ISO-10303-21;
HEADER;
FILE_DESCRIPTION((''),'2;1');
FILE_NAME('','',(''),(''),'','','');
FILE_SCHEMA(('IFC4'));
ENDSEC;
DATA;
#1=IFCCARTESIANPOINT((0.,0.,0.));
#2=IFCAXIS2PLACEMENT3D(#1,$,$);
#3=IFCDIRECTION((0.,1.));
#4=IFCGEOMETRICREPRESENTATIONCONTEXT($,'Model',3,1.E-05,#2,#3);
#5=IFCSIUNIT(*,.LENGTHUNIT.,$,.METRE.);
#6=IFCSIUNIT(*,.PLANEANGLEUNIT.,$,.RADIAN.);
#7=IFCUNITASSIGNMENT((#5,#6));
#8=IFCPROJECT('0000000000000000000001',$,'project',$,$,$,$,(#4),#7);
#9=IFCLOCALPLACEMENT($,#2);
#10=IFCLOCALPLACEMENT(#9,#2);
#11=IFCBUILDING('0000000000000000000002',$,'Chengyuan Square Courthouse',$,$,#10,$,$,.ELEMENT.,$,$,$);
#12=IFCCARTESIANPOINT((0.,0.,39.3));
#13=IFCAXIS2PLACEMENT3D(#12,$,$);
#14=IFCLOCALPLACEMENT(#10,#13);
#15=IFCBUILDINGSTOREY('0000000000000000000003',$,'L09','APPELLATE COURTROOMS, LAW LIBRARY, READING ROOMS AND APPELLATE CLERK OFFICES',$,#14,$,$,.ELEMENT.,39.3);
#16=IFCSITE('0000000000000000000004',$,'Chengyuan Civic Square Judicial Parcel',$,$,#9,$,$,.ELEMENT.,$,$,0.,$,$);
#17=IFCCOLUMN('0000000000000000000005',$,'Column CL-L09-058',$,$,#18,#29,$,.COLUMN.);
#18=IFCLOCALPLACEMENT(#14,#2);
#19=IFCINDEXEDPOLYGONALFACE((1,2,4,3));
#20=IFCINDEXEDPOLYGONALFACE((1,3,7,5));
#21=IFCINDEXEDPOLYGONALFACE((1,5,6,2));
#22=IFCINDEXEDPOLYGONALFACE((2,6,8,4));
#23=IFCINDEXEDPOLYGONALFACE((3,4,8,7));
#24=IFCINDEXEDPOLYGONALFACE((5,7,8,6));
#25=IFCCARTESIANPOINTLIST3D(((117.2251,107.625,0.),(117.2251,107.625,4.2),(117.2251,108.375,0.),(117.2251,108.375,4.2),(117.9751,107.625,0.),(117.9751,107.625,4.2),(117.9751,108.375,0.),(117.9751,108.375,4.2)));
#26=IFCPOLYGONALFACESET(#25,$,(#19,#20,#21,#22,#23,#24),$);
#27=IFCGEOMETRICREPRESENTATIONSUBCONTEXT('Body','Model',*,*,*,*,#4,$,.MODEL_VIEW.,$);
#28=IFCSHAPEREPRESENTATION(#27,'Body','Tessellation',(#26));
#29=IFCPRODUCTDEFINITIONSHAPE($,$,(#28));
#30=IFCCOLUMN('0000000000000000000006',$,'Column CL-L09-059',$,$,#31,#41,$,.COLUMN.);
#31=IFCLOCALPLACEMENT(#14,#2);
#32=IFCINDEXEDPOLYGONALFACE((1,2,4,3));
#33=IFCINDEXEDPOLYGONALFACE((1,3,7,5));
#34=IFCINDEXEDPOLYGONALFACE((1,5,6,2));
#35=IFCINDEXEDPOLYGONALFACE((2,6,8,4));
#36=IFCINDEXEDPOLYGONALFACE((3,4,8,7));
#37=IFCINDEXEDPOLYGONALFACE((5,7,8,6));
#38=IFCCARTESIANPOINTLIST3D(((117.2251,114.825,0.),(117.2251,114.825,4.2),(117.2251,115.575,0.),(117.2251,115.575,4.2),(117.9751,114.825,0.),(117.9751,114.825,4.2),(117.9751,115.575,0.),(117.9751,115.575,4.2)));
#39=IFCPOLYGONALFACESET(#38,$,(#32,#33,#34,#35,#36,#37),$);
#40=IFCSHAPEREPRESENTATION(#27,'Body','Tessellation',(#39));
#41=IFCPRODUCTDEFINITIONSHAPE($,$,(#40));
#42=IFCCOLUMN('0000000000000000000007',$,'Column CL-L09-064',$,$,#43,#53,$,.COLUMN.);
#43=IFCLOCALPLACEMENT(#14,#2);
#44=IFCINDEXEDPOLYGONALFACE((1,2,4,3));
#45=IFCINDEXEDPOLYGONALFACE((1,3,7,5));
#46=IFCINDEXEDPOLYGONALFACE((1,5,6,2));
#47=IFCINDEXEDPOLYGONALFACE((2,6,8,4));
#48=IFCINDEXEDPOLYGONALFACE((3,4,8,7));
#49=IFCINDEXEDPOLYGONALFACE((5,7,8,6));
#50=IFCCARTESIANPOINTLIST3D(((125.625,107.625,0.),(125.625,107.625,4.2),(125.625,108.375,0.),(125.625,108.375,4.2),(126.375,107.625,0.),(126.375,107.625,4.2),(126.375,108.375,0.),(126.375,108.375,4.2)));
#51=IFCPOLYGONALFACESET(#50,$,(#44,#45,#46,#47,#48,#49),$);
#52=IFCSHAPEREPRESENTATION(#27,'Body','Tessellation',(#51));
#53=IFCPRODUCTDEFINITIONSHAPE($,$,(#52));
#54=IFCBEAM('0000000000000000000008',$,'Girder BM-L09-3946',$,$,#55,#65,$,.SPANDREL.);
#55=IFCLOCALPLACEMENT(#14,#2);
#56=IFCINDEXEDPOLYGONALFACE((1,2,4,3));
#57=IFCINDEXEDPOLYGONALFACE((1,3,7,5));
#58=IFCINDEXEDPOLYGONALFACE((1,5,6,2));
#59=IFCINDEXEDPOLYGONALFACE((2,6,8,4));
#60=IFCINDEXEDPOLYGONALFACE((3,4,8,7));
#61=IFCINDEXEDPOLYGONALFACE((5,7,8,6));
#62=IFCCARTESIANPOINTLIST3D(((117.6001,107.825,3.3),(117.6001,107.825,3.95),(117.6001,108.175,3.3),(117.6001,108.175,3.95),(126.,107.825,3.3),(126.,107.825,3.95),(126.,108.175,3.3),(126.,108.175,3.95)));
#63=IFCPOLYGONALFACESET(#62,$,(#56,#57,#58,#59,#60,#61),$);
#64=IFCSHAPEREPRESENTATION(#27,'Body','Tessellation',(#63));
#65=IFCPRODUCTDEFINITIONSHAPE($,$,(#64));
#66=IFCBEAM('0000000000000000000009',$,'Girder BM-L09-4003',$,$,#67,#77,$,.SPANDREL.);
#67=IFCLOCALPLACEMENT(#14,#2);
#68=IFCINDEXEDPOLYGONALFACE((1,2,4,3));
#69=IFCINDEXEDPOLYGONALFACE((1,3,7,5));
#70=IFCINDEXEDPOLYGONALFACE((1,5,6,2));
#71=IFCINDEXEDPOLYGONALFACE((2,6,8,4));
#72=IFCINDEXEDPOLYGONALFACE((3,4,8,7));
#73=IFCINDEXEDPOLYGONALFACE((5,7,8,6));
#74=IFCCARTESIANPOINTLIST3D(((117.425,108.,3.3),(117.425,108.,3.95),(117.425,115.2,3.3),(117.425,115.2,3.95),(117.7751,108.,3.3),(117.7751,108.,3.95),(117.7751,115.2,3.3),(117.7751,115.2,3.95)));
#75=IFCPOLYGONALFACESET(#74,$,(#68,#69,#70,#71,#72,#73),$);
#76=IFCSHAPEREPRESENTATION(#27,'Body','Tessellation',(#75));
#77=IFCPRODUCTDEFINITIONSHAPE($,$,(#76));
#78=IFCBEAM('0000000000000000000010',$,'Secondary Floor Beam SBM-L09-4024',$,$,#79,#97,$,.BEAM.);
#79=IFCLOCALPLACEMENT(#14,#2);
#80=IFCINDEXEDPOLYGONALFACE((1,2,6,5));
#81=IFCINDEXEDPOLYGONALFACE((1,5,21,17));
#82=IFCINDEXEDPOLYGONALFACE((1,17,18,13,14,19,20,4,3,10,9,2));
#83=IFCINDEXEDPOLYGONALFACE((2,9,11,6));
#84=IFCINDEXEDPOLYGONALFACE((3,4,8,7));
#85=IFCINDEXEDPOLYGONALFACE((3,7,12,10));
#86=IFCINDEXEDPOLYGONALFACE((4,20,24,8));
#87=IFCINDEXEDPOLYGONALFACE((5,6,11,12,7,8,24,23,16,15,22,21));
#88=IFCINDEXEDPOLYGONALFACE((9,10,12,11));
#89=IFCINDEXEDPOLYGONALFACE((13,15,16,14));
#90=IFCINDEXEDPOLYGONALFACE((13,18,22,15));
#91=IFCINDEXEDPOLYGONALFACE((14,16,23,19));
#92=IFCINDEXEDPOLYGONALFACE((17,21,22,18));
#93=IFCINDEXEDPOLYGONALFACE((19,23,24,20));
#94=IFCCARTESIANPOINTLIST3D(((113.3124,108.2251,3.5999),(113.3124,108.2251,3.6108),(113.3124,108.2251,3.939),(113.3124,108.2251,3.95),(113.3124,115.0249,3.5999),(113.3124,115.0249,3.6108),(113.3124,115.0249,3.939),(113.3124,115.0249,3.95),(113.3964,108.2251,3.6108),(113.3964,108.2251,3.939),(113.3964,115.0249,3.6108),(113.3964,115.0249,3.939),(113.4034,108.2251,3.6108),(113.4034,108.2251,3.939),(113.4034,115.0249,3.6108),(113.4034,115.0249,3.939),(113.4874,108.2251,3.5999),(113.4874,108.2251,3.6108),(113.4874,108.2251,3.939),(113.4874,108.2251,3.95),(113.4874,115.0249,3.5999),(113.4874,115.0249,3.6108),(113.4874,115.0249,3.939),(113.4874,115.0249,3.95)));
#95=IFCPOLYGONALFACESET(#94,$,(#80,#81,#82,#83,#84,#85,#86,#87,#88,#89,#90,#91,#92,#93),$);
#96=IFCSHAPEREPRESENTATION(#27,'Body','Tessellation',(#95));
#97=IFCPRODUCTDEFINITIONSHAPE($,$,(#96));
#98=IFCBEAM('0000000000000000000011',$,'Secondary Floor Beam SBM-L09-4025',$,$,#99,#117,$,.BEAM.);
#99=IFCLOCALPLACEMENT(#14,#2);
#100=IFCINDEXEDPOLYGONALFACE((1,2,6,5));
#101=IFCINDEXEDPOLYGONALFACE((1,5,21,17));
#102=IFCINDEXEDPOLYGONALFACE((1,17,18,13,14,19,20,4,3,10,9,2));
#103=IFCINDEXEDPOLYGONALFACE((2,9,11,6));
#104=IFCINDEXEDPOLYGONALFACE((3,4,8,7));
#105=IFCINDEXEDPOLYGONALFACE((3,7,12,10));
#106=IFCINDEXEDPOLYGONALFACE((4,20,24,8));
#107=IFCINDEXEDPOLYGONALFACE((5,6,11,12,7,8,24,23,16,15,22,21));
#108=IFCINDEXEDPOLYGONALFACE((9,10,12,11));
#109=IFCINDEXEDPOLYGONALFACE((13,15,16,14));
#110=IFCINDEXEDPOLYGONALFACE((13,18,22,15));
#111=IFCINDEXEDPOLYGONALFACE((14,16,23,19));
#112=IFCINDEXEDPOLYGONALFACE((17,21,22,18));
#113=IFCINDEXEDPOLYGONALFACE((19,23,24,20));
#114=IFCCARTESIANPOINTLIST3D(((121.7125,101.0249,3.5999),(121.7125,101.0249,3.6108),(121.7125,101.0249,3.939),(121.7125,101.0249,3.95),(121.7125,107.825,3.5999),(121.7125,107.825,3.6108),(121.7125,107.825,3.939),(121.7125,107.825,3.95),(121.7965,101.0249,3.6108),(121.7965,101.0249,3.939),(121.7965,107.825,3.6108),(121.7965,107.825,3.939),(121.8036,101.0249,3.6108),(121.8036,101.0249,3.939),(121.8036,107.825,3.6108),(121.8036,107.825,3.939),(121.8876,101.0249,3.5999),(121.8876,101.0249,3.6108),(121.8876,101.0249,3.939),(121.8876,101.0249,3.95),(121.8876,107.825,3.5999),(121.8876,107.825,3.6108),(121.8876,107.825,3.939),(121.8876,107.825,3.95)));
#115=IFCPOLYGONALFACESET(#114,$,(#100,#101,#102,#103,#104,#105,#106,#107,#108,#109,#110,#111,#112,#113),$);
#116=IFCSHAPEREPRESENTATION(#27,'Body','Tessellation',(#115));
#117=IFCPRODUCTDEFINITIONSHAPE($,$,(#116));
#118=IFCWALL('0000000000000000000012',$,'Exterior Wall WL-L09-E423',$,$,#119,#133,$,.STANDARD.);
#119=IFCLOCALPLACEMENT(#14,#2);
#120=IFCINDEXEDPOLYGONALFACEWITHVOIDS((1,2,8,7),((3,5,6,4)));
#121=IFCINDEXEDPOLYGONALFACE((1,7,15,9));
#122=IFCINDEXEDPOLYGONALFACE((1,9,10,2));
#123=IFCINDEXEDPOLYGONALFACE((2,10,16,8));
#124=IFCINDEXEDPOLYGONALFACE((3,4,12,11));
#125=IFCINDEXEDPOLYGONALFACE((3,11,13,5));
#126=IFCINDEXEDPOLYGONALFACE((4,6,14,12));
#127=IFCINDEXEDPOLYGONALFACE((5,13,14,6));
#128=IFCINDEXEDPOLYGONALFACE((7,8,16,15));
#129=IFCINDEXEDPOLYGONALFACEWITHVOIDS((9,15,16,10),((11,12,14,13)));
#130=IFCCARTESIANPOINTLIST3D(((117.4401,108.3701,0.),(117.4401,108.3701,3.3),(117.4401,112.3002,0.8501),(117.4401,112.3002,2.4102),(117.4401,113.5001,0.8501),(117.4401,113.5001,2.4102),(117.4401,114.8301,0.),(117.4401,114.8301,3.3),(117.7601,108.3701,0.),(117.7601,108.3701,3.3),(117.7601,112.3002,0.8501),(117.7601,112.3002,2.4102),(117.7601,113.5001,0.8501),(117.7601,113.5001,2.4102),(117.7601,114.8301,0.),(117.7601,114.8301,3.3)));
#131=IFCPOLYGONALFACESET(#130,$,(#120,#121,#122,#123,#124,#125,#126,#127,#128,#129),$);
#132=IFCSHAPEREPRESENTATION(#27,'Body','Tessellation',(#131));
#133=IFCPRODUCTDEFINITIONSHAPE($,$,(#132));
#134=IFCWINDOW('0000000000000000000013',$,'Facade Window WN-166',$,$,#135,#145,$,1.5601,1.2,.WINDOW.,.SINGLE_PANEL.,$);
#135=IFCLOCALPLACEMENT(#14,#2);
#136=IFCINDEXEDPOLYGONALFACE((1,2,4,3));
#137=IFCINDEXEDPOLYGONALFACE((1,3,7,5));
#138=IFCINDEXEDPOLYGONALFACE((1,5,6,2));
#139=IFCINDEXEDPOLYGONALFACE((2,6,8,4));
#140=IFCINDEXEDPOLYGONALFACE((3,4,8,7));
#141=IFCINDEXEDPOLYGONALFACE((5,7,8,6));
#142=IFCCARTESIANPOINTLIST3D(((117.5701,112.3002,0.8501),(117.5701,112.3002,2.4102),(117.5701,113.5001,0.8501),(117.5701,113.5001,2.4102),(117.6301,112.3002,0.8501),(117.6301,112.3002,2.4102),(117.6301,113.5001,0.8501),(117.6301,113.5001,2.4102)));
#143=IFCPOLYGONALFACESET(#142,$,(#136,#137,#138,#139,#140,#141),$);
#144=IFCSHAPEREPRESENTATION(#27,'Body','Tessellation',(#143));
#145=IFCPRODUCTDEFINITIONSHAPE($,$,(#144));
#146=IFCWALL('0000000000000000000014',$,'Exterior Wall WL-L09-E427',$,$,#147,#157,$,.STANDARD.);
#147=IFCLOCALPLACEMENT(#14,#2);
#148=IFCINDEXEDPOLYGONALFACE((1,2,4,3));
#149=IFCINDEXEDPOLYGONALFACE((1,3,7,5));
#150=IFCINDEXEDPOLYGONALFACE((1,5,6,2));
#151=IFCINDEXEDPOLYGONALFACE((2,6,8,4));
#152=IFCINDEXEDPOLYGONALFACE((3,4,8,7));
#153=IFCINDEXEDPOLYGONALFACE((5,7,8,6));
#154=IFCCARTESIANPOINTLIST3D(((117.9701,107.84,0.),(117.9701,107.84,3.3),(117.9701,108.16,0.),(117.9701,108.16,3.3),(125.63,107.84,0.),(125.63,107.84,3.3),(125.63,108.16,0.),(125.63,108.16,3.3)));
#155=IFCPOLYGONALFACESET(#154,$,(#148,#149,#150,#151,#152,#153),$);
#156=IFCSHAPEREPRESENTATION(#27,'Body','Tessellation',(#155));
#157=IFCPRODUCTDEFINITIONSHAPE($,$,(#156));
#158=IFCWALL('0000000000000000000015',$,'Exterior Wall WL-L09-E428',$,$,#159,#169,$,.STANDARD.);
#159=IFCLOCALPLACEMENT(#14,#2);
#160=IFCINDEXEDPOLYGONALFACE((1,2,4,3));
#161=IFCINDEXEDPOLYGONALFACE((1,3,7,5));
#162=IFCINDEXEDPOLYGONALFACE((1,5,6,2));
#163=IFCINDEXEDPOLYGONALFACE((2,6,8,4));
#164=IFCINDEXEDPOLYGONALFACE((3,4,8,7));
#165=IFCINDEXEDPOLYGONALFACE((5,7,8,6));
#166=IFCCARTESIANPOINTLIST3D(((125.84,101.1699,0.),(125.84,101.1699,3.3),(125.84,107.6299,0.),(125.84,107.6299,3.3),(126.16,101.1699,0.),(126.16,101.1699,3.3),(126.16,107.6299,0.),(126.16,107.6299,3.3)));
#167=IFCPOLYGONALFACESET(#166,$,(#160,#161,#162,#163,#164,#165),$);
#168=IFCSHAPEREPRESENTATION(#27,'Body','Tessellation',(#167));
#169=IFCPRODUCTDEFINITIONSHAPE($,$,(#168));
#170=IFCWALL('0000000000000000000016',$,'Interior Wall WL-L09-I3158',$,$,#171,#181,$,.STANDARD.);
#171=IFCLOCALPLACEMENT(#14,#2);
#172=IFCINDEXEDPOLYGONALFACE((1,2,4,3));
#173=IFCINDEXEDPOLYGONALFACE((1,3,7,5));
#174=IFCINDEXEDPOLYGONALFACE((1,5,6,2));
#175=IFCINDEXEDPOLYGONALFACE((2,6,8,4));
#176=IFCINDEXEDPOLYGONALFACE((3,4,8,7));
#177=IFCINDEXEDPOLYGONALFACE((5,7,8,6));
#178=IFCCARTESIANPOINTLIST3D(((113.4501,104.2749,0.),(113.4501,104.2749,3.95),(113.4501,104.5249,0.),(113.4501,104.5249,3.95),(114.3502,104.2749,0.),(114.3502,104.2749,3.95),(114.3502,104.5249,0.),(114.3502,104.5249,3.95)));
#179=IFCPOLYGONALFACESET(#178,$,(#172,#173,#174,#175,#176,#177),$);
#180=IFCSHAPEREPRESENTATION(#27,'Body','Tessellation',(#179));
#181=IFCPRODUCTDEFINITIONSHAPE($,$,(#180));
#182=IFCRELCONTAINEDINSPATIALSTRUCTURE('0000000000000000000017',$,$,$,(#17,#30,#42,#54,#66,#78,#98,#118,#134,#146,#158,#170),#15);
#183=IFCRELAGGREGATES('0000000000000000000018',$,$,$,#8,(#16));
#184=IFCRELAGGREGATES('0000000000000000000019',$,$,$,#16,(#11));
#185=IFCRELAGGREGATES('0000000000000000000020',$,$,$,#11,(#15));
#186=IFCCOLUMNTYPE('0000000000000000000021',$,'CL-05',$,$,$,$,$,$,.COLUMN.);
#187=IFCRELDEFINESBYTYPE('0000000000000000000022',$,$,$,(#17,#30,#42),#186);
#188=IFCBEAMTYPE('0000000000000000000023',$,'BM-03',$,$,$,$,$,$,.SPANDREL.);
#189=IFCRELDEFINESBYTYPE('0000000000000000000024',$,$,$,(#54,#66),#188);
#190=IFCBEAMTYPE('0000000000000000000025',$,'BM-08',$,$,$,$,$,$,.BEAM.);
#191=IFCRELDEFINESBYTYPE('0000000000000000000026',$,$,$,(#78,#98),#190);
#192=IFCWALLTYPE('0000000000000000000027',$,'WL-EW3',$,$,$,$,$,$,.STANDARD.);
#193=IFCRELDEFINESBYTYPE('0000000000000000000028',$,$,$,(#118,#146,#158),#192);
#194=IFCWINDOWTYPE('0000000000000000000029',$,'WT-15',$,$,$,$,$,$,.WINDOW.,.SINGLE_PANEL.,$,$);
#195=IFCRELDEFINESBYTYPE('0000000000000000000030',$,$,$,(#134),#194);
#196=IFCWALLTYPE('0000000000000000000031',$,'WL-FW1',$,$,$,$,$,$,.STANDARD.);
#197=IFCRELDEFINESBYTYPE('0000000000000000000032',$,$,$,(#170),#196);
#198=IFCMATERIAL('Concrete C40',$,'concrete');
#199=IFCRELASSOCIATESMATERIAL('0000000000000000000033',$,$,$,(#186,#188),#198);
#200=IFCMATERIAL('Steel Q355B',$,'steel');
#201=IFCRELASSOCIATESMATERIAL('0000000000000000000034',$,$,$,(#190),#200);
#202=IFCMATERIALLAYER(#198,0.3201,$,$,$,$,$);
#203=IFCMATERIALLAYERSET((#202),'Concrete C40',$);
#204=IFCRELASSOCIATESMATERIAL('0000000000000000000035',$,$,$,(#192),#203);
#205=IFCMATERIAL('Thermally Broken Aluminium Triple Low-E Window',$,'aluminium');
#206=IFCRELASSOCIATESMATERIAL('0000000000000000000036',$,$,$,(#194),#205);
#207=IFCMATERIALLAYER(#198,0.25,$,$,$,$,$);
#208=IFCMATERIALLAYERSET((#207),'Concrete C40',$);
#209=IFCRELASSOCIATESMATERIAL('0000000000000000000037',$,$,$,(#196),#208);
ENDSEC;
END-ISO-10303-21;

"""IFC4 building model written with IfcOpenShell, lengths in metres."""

from ifc_helpers import new_model, si_unit, direction, frame, frame_2d, origin, origin_2d, place, context, subcontext, project, spatial, rectangle, i_section, extrude, material, layer, layer_set, material_profile, profile_set, type_object, element, fill, save


model = new_model("IFC4")

# Units and contexts
model_context = context("Model", 3, precision=1e-05, world=origin(), true_north=direction((0.0, 1.0)))
body_context = subcontext(model_context, "Body", "Model", "MODEL_VIEW")
ifc_project = project(units=[si_unit("LENGTHUNIT", "METRE"), si_unit("PLANEANGLEUNIT", "RADIAN")], contexts=[model_context])

# Site, building, storey
site_placement = place(None, origin())
site = spatial("IfcSite", under=ifc_project, at=site_placement, Name="Chengyuan Civic Square Judicial Parcel", CompositionType="ELEMENT", RefElevation=0.0)
building_placement = place(site_placement, origin())
building = spatial("IfcBuilding", under=site, at=building_placement, Name="Chengyuan Square Courthouse", CompositionType="ELEMENT")
storey_placement = place(building_placement, frame((0.0, 0.0, 39.3)))
storey = spatial("IfcBuildingStorey", under=building, at=storey_placement, Name="L09", Description="APPELLATE COURTROOMS, LAW LIBRARY, READING ROOMS AND APPELLATE CLERK OFFICES", CompositionType="ELEMENT", Elevation=39.3)

# Columns
ifc_material_1 = material(Name="Concrete C40", Category="concrete")
ifc_material_profile_1 = material_profile(ifc_material_1, rectangle(XDim=0.75, YDim=0.75, at=origin_2d()), Name="RC-COL-750x750")
ifc_profile_set_1 = profile_set([ifc_material_profile_1], Name="Concrete C40")
column_type = type_object("IfcColumnType", Name="CL-05", PredefinedType="COLUMN", material=ifc_profile_set_1)
for number, where, z_axis, x_axis, name in (
    (1, (117.6001, 108.0, 0.0), (0.0, 0.0, 1.0), (1.0, 0.0, 0.0), "Column CL-L09-058"),
    (2, (117.6001, 115.2, 0.0), (0.0, 0.0, 1.0), (1.0, 0.0, 0.0), "Column CL-L09-059"),
    (3, (126.0, 108.0, 0.0), (0.0, 0.0, 1.0), (1.0, 0.0, 0.0), "Column CL-L09-064"),
):
    element("IfcColumn", number, at=place(storey_placement, frame(where, z_axis=z_axis, x_axis=x_axis)), inside=storey, type_object=column_type, Name=name, PredefinedType="COLUMN", context=body_context, shape_type="SweptSolid", body=[
        extrude(rectangle(XDim=0.75, YDim=0.75, at=origin_2d()), origin(), (0.0, 0.0, 1.0), 4.2),
    ])

# Beams
ifc_material_profile_2 = material_profile(ifc_material_1, rectangle(XDim=0.3501, YDim=0.6499, at=origin_2d()), Name="RC-BM-350x650")
ifc_profile_set_2 = profile_set([ifc_material_profile_2], Name="Concrete C40")
beam_type_1 = type_object("IfcBeamType", Name="BM-03", PredefinedType="SPANDREL", material=ifc_profile_set_2)
beam_1_placement = place(storey_placement, frame((117.6001, 108.0, 3.625), z_axis=(1.0, 0.0, 0.0), x_axis=(0.0, 1.0, 0.0)))
element("IfcBeam", 4, at=beam_1_placement, inside=storey, type_object=beam_type_1, Name="Girder BM-L09-3946", PredefinedType="SPANDREL", context=body_context, shape_type="SweptSolid", body=[
    extrude(rectangle(XDim=0.3501, YDim=0.6499, at=origin_2d()), origin(), (0.0, 0.0, 1.0), 8.3999),
])
beam_2_placement = place(storey_placement, frame((117.6001, 108.0, 3.625), z_axis=(0.0, 1.0, 0.0), x_axis=(-1.0, 0.0, 0.0)))
element("IfcBeam", 5, at=beam_2_placement, inside=storey, type_object=beam_type_1, Name="Girder BM-L09-4003", PredefinedType="SPANDREL", context=body_context, shape_type="SweptSolid", body=[
    extrude(rectangle(XDim=0.3501, YDim=0.6499, at=origin_2d()), origin(), (0.0, 0.0, 1.0), 7.2),
])
ifc_material_2 = material(Name="Steel Q355B", Category="steel")
ifc_material_profile_3 = material_profile(ifc_material_2, i_section(OverallWidth=0.175, OverallDepth=0.3501, WebThickness=0.0071, FlangeThickness=0.011, at=origin_2d()), Name="HN 350x175x7x11")
ifc_profile_set_3 = profile_set([ifc_material_profile_3], Name="Steel Q355B")
beam_type_2 = type_object("IfcBeamType", Name="BM-08", PredefinedType="BEAM", material=ifc_profile_set_3)
beam_3_placement = place(storey_placement, frame((113.3999, 108.2251, 3.7749), z_axis=(0.0, 1.0, 0.0), x_axis=(-1.0, 0.0, 0.0)))
element("IfcBeam", 6, at=beam_3_placement, inside=storey, type_object=beam_type_2, Name="Secondary Floor Beam SBM-L09-4024", PredefinedType="BEAM", context=body_context, shape_type="SweptSolid", body=[
    extrude(i_section(OverallWidth=0.175, OverallDepth=0.3501, WebThickness=0.0071, FlangeThickness=0.011, at=origin_2d()), origin(), (0.0, 0.0, 1.0), 6.7998),
])
beam_4_placement = place(storey_placement, frame((121.8, 101.0249, 3.7749), z_axis=(0.0, 1.0, 0.0), x_axis=(-1.0, 0.0, 0.0)))
element("IfcBeam", 7, at=beam_4_placement, inside=storey, type_object=beam_type_2, Name="Secondary Floor Beam SBM-L09-4025", PredefinedType="BEAM", context=body_context, shape_type="SweptSolid", body=[
    extrude(i_section(OverallWidth=0.175, OverallDepth=0.3501, WebThickness=0.0071, FlangeThickness=0.011, at=origin_2d()), origin(), (0.0, 0.0, 1.0), 6.8),
])

# Wall, opening, window
ifc_layer_1 = layer(ifc_material_1, 0.3201)
ifc_layer_set_1 = layer_set([ifc_layer_1], Name="Concrete C40")
wall_type_1 = type_object("IfcWallType", Name="WL-EW3", PredefinedType="STANDARD", material=ifc_layer_set_1)
wall_1_placement = place(storey_placement, frame((117.6001, 108.3701, 0.0), z_axis=(0.0, 0.0, 1.0), x_axis=(0.0, 1.0, 0.0)))
wall_1 = element("IfcWall", 8, at=wall_1_placement, inside=storey, type_object=wall_type_1, Name="Exterior Wall WL-L09-E423", PredefinedType="STANDARD", context=body_context, shape_type="SweptSolid", body=[
    extrude(rectangle(XDim=6.46, YDim=0.3201, at=frame_2d((3.23, 0.0))), origin(), (0.0, 0.0, 1.0), 3.3),
])
opening_1_placement = place(wall_1_placement, frame((3.9299, 0.0, 0.8501)))
opening_1 = element("IfcOpeningElement", 9, at=opening_1_placement, cuts=wall_1, PredefinedType="OPENING", context=body_context, shape_type="SweptSolid", body=[
    extrude(rectangle(XDim=1.2, YDim=1.5601, at=frame_2d((0.6001, 0.78))), frame((0.0, 0.1721, 0.0), z_axis=(0.0, -1.0, 0.0), x_axis=(1.0, 0.0, 0.0)), (0.0, 0.0, 1.0), 0.344),
])
ifc_material_3 = material(Name="Thermally Broken Aluminium Triple Low-E Window", Category="aluminium")
window_type = type_object("IfcWindowType", Name="WT-15", PartitioningType="SINGLE_PANEL", PredefinedType="WINDOW", material=ifc_material_3)
window_placement = place(opening_1_placement, origin())
window = element("IfcWindow", 10, at=window_placement, inside=storey, type_object=window_type, Name="Facade Window WN-166", OverallHeight=1.5601, OverallWidth=1.2, PartitioningType="SINGLE_PANEL", PredefinedType="WINDOW", context=body_context, shape_type="SweptSolid", body=[
    extrude(rectangle(XDim=1.2, YDim=1.5601, at=frame_2d((0.6001, 0.78))), frame((0.0, 0.03, 0.0), z_axis=(0.0, -1.0, 0.0), x_axis=(1.0, 0.0, 0.0)), (0.0, 0.0, 1.0), 0.0601),
])
fill(opening_1, window)

# Walls
wall_2_placement = place(storey_placement, frame((117.97, 108.0, 0.0), z_axis=(0.0, 0.0, 1.0), x_axis=(1.0, 0.0, 0.0)))
element("IfcWall", 11, at=wall_2_placement, inside=storey, type_object=wall_type_1, Name="Exterior Wall WL-L09-E427", PredefinedType="STANDARD", context=body_context, shape_type="SweptSolid", body=[
    extrude(rectangle(XDim=7.6599, YDim=0.3201, at=frame_2d((3.8301, 0.0))), origin(), (0.0, 0.0, 1.0), 3.3),
])
wall_3_placement = place(storey_placement, frame((126.0, 101.1699, 0.0), z_axis=(0.0, 0.0, 1.0), x_axis=(0.0, 1.0, 0.0)))
element("IfcWall", 12, at=wall_3_placement, inside=storey, type_object=wall_type_1, Name="Exterior Wall WL-L09-E428", PredefinedType="STANDARD", context=body_context, shape_type="SweptSolid", body=[
    extrude(rectangle(XDim=6.46, YDim=0.3201, at=frame_2d((3.23, 0.0))), origin(), (0.0, 0.0, 1.0), 3.3),
])

# Shared definitions
ifc_layer_2 = layer(ifc_material_1, 0.25)
ifc_layer_set_2 = layer_set([ifc_layer_2], Name="Concrete C40")
wall_type_2 = type_object("IfcWallType", Name="WL-FW1", PredefinedType="STANDARD", material=ifc_layer_set_2)

# Wall
wall_4_placement = place(storey_placement, frame((113.45, 104.3999, 0.0), z_axis=(0.0, 0.0, 1.0), x_axis=(1.0, 0.0, 0.0)))
element("IfcWall", 13, at=wall_4_placement, inside=storey, type_object=wall_type_2, Name="Interior Wall WL-L09-I3158", PredefinedType="STANDARD", context=body_context, shape_type="SweptSolid", body=[
    extrude(rectangle(XDim=0.9001, YDim=0.25, at=frame_2d((0.4502, 0.0))), origin(), (0.0, 0.0, 1.0), 3.95),
])

save(model, "model.ifc")
